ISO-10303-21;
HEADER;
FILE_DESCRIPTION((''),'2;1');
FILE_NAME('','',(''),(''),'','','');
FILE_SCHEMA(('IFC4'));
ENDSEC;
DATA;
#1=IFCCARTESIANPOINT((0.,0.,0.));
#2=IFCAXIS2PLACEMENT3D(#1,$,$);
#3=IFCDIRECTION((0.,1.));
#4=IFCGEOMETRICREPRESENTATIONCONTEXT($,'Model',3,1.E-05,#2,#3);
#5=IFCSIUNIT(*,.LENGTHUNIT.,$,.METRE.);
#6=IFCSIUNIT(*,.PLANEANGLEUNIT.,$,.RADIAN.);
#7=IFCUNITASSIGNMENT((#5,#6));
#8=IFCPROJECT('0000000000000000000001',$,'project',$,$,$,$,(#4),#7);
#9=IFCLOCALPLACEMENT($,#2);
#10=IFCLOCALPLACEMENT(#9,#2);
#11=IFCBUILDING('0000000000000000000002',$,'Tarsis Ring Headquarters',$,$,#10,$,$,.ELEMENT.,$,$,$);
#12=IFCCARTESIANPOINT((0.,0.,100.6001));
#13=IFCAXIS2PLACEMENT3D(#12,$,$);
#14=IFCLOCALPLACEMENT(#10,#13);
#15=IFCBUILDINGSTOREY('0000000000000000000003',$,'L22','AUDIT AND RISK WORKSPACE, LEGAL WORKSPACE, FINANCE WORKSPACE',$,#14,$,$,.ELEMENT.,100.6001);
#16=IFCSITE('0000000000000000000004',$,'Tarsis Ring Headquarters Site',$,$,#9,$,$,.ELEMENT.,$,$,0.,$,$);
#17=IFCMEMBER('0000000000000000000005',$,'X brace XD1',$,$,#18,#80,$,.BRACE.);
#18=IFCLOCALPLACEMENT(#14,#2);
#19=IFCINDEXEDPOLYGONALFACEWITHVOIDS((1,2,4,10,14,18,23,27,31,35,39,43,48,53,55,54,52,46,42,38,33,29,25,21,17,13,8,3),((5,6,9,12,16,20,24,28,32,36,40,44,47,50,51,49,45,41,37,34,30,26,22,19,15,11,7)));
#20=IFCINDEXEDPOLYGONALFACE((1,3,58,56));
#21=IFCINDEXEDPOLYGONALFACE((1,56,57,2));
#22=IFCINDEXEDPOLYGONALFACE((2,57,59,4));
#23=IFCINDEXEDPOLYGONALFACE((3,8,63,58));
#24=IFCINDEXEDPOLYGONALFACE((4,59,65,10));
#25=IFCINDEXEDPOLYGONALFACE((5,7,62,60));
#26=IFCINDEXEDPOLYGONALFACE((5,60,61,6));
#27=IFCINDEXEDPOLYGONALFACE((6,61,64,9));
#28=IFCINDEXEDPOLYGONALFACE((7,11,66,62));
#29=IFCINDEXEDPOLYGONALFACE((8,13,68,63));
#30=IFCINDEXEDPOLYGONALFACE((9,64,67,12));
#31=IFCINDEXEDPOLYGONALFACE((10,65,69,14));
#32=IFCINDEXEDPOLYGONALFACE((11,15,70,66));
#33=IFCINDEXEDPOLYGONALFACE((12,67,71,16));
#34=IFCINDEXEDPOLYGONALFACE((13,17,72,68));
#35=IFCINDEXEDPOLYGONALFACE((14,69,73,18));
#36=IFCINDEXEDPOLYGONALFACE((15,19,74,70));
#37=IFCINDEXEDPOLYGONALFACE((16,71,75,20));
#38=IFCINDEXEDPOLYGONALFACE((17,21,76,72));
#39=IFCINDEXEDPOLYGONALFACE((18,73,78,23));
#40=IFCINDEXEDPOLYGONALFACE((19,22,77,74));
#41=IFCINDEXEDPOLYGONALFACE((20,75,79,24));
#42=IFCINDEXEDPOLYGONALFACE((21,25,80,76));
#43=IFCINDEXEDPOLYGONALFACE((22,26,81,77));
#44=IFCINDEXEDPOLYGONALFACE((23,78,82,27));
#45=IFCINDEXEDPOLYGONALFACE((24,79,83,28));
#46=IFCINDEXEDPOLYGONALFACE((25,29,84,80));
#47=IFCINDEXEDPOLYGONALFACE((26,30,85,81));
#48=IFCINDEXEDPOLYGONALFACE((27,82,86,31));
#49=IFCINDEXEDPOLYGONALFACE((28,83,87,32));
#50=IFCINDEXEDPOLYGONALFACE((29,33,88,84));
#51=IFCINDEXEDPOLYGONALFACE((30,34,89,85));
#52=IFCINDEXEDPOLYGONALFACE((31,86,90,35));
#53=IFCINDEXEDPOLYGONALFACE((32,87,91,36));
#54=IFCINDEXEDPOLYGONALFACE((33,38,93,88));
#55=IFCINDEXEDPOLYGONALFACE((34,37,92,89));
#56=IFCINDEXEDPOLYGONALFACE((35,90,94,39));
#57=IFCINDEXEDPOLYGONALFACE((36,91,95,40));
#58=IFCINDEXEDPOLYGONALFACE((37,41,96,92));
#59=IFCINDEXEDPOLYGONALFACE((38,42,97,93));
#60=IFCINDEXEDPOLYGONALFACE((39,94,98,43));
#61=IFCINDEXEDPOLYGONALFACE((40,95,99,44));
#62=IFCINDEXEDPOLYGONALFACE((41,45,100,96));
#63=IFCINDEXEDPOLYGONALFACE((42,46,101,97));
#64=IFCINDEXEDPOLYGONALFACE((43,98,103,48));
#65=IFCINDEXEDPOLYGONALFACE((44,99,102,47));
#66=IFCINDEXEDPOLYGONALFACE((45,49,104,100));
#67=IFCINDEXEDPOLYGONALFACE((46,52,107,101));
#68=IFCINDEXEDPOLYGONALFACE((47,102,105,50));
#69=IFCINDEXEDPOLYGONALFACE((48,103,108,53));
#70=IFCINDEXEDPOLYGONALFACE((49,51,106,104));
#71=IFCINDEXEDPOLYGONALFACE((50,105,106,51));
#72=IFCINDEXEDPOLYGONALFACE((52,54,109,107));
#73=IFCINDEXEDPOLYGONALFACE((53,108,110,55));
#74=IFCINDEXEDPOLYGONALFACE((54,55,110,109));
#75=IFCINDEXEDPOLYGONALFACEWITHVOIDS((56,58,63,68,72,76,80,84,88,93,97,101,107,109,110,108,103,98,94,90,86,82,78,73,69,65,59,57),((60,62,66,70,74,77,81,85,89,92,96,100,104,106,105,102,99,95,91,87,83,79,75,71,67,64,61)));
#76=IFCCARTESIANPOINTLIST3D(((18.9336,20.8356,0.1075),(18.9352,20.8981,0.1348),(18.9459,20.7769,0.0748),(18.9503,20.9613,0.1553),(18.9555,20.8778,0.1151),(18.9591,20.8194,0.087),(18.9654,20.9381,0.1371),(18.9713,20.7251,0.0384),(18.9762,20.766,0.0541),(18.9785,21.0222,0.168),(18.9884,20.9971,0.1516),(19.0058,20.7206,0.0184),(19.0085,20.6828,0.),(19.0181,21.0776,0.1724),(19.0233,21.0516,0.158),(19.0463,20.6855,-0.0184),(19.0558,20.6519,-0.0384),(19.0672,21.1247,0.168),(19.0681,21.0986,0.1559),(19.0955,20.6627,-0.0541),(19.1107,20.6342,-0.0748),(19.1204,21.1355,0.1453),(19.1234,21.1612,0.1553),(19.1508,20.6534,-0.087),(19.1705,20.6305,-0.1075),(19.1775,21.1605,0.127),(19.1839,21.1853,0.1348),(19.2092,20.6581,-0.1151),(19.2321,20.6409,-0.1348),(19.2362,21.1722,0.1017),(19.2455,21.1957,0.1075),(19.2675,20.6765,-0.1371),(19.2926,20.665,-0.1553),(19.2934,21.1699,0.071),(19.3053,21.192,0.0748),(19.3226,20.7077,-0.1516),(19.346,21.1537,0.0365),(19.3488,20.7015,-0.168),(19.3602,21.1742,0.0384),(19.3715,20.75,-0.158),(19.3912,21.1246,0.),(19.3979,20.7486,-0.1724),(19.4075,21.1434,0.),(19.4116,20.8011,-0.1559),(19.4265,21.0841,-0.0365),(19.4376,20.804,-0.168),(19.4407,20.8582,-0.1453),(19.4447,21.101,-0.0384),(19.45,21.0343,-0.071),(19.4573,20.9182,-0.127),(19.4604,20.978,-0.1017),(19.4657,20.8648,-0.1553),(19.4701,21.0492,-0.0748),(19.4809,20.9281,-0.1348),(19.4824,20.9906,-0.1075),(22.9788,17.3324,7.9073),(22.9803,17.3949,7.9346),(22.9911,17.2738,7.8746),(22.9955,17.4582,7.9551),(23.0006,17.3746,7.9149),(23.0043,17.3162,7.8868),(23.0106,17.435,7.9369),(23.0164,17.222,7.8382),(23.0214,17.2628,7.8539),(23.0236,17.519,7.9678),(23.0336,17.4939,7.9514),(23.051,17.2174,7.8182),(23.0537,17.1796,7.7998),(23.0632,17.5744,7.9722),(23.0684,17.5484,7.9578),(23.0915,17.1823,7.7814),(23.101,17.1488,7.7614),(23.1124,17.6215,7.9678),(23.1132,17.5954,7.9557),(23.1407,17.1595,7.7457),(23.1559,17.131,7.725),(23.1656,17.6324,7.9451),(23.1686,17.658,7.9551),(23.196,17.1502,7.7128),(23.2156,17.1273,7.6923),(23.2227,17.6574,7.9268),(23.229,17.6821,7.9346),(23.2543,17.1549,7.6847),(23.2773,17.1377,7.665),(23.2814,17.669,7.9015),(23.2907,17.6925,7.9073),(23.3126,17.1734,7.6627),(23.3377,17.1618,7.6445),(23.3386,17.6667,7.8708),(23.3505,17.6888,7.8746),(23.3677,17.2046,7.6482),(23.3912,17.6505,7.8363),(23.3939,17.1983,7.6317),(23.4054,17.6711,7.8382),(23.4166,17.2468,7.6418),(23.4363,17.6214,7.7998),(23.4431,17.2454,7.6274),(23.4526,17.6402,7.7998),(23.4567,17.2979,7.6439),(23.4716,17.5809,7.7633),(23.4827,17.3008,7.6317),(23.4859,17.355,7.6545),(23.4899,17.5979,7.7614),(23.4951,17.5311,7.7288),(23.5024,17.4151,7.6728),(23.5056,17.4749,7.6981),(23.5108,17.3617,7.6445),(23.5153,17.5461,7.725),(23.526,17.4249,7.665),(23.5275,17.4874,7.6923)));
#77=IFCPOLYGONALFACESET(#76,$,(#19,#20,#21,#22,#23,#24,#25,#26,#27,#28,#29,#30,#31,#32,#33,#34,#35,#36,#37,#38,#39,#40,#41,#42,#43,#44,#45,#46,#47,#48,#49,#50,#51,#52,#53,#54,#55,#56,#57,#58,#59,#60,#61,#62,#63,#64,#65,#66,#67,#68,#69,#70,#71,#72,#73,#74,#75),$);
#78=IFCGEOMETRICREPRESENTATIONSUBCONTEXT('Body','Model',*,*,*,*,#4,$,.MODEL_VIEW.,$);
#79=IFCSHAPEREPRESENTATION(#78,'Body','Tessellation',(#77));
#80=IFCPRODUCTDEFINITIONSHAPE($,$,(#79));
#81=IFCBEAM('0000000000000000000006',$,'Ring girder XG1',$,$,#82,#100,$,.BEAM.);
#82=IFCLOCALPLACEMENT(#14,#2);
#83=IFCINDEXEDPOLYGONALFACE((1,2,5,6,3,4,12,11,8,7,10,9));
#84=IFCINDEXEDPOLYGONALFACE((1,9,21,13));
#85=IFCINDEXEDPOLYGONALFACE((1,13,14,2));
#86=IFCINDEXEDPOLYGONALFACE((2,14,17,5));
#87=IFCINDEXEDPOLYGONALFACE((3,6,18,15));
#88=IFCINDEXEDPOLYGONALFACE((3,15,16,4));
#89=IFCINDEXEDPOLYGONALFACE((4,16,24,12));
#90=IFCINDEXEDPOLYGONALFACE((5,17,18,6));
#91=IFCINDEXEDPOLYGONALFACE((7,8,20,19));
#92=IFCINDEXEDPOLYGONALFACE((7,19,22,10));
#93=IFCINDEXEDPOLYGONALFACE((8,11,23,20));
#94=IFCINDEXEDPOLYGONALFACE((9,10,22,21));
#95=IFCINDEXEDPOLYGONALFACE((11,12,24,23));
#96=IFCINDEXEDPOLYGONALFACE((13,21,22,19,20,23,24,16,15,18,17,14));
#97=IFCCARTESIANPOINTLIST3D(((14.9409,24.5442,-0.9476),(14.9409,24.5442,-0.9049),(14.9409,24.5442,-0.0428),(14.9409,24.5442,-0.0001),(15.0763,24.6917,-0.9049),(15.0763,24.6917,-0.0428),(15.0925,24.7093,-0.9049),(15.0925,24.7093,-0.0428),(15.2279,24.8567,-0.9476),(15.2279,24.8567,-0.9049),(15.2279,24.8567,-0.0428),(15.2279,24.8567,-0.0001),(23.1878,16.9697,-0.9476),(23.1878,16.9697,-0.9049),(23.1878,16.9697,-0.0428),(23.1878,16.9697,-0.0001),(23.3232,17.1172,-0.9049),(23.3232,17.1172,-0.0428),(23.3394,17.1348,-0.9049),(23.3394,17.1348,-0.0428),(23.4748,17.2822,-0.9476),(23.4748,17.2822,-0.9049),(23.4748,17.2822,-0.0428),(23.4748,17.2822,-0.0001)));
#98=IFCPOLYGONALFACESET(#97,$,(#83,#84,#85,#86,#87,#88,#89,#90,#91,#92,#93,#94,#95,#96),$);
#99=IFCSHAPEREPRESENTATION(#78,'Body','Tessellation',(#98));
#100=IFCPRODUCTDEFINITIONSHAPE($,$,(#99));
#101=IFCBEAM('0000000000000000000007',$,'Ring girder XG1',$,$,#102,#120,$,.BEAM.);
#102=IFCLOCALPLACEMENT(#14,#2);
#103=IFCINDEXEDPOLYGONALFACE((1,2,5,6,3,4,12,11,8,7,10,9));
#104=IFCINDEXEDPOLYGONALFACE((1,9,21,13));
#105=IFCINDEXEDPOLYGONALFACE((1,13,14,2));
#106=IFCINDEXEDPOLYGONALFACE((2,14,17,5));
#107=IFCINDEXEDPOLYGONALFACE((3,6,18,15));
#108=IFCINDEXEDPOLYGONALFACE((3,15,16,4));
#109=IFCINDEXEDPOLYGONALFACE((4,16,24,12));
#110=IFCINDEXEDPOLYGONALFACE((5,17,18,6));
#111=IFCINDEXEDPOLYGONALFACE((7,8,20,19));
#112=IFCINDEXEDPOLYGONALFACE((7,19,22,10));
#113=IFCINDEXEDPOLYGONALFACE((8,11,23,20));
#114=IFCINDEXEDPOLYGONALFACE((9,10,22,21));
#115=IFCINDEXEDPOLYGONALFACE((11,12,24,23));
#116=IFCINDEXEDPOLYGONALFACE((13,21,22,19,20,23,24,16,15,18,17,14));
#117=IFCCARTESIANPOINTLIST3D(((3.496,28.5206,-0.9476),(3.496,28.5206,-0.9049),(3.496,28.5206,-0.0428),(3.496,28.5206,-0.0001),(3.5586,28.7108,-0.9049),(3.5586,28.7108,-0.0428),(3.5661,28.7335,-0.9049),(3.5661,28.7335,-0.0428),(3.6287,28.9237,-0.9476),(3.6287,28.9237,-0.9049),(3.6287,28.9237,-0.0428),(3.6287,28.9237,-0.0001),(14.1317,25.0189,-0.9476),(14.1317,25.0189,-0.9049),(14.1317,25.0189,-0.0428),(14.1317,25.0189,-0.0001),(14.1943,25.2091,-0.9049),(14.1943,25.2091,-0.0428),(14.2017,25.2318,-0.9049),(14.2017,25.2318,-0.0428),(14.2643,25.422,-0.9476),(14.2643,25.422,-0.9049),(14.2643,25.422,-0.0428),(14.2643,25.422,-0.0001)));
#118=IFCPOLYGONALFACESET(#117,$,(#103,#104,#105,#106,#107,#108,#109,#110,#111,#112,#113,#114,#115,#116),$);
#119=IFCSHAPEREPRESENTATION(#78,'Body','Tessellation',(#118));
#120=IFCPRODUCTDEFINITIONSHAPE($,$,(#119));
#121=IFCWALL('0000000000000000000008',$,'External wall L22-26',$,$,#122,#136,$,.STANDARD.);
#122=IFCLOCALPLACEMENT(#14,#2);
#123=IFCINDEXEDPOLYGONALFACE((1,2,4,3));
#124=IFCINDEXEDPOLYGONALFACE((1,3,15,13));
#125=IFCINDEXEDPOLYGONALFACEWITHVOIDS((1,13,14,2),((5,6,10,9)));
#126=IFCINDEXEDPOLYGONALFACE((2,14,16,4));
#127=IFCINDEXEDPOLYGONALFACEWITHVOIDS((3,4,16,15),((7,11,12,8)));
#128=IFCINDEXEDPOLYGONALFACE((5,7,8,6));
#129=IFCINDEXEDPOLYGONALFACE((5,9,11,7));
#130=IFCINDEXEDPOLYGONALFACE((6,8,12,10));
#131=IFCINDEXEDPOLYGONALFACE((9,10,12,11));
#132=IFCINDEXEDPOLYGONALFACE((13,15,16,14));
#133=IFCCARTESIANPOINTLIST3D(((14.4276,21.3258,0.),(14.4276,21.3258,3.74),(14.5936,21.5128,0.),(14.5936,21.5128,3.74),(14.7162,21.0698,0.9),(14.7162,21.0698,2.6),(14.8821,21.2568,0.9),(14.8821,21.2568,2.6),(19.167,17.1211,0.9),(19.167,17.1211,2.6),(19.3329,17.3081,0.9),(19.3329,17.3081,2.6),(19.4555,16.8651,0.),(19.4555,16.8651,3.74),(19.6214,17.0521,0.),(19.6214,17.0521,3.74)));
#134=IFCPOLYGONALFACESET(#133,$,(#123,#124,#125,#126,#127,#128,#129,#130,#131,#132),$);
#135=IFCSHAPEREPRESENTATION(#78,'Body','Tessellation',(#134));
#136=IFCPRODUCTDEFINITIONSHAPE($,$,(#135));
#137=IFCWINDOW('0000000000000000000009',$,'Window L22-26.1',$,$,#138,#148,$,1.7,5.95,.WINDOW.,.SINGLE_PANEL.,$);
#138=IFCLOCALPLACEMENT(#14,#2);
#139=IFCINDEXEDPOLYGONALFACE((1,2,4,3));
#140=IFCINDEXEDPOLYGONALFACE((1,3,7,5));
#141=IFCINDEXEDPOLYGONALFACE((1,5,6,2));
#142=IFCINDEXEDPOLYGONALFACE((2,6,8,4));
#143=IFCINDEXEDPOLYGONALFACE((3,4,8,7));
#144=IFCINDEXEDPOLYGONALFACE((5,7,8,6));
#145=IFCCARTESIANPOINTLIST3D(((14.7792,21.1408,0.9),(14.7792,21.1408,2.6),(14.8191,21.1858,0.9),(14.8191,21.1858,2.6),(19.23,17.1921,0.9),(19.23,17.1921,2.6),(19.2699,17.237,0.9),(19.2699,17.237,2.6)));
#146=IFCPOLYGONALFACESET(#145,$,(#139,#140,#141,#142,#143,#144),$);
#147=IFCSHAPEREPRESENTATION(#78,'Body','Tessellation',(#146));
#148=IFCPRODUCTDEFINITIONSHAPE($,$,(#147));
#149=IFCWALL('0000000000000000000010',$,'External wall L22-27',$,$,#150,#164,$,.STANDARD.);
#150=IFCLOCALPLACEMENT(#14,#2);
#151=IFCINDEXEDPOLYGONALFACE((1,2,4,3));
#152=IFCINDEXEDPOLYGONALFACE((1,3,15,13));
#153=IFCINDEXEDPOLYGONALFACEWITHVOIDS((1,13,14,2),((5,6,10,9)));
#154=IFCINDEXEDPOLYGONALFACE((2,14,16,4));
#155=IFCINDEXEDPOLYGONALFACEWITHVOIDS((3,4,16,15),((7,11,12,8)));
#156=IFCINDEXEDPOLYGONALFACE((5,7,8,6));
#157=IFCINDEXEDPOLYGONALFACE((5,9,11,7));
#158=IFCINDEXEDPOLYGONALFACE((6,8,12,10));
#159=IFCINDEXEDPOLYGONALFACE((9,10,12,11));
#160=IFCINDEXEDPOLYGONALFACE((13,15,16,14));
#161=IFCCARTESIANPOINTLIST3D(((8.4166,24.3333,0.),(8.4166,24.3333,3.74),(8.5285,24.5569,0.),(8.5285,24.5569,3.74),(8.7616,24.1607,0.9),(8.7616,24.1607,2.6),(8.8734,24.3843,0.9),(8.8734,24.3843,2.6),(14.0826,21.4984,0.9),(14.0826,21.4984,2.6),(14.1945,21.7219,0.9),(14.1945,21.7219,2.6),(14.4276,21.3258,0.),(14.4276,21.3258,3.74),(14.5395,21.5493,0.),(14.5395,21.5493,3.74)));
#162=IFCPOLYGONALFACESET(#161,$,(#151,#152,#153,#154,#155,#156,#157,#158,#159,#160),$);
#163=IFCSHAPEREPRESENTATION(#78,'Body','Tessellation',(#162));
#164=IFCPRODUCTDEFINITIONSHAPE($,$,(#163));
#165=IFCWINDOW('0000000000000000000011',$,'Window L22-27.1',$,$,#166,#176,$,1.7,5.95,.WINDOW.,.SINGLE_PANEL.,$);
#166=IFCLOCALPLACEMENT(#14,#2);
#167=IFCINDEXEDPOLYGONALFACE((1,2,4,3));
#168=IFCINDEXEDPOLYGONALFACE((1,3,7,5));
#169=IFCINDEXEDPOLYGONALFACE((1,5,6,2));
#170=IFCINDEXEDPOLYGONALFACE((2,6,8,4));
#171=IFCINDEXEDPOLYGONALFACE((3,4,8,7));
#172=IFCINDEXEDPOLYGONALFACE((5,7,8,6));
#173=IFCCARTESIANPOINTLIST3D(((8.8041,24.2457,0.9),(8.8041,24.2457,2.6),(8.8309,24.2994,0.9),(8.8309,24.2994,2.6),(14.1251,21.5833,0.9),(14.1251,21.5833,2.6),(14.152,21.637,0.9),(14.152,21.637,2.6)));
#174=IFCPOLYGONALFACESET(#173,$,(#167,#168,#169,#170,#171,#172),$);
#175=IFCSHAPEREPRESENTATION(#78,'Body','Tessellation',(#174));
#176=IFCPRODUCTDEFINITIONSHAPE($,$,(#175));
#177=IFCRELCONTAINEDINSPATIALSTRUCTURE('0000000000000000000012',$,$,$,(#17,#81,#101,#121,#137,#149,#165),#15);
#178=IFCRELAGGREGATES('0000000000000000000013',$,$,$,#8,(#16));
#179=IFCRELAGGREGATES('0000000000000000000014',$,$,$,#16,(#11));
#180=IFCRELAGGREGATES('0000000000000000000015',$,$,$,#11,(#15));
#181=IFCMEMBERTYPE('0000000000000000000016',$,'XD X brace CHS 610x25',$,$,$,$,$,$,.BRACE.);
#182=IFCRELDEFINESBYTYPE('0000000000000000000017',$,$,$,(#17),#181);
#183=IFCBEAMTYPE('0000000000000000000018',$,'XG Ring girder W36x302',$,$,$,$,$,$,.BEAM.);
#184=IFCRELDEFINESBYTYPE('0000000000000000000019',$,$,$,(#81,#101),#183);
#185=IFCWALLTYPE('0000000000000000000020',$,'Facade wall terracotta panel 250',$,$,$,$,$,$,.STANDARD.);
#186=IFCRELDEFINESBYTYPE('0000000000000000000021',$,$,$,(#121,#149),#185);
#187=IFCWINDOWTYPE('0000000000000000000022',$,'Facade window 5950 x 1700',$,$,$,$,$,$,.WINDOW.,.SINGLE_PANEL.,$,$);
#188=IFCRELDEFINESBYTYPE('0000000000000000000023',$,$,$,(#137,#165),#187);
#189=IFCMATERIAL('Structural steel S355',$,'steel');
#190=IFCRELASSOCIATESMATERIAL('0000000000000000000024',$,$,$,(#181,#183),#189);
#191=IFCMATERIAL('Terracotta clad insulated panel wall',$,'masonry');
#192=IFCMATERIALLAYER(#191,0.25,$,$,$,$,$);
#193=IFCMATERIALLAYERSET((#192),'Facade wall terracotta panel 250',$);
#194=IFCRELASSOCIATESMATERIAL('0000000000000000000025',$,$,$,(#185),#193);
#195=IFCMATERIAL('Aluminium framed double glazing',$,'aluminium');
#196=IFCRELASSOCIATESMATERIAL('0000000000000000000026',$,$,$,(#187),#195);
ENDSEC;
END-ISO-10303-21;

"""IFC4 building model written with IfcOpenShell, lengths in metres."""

from ifc_helpers import new_model, si_unit, direction, frame, frame_2d, origin, origin_2d, place, context, subcontext, project, spatial, rectangle, hollow_circle, i_section, extrude, material, layer, layer_set, material_profile, profile_set, type_object, element, fill, save


model = new_model("IFC4")

# Units and contexts
model_context = context("Model", 3, precision=1e-05, world=origin(), true_north=direction((0.0, 1.0)))
body_context = subcontext(model_context, "Body", "Model", "MODEL_VIEW")
ifc_project = project(units=[si_unit("LENGTHUNIT", "METRE"), si_unit("PLANEANGLEUNIT", "RADIAN")], contexts=[model_context])

# Site, building, storey
site_placement = place(None, origin())
site = spatial("IfcSite", under=ifc_project, at=site_placement, Name="Tarsis Ring Headquarters Site", CompositionType="ELEMENT", RefElevation=0.0)
building_placement = place(site_placement, origin())
building = spatial("IfcBuilding", under=site, at=building_placement, Name="Tarsis Ring Headquarters", CompositionType="ELEMENT")
storey_placement = place(building_placement, frame((0.0, 0.0, 100.6001)))
storey = spatial("IfcBuildingStorey", under=building, at=storey_placement, Name="L22", Description="AUDIT AND RISK WORKSPACE, LEGAL WORKSPACE, FINANCE WORKSPACE", CompositionType="ELEMENT", Elevation=100.6001)

# Shared definitions
ifc_material_1 = material(Name="Structural steel S355", Category="steel")

# Member
ifc_material_profile_1 = material_profile(ifc_material_1, hollow_circle(Radius=0.3047, WallThickness=0.0249, at=origin_2d()), Name="CHS 610x25")
ifc_profile_set_1 = profile_set([ifc_material_profile_1], Name="Structural steel S355")
member_type = type_object("IfcMemberType", Name="XD X brace CHS 610x25", PredefinedType="BRACE", material=ifc_profile_set_1)
member_1_placement = place(storey_placement, frame((19.208, 20.9131, 0.0), z_axis=(0.427653, -0.370354, 0.824591), x_axis=(0.654649, 0.755933, 0.0)))
element("IfcMember", 1, at=member_1_placement, inside=storey, type_object=member_type, Name="X brace XD1", PredefinedType="BRACE", context=body_context, shape_type="SweptSolid", body=[
    extrude(hollow_circle(Radius=0.3047, WallThickness=0.0249, at=origin_2d()), origin(), (0.0, 0.0, 1.0), 9.459),
])

# Beams
ifc_material_profile_2 = material_profile(ifc_material_1, i_section(OverallWidth=0.4243, OverallDepth=0.9475, WebThickness=0.0239, FlangeThickness=0.0427, at=origin_2d()), Name="W36x302")
ifc_profile_set_2 = profile_set([ifc_material_profile_2], Name="Structural steel S355")
beam_type_1 = type_object("IfcBeamType", Name="XG Ring girder W36x302", PredefinedType="BEAM", material=ifc_profile_set_2)
beam_1_placement = place(storey_placement, frame((23.3313, 17.126, -0.4739), z_axis=(-0.736492, 0.676446, 0.0), x_axis=(-0.676446, -0.736492, 0.0)))
element("IfcBeam", 2, at=beam_1_placement, inside=storey, type_object=beam_type_1, Name="Ring girder XG1", PredefinedType="BEAM", context=body_context, shape_type="SweptSolid", body=[
    extrude(i_section(OverallWidth=0.4243, OverallDepth=0.9475, WebThickness=0.0239, FlangeThickness=0.0427, at=origin_2d()), origin(), (0.0, 0.0, 1.0), 11.1975),
])
beam_2_placement = place(storey_placement, frame((14.198, 25.2205, -0.4739), z_axis=(-0.949843, 0.312726, 0.0), x_axis=(-0.312726, -0.949843, 0.0)))
element("IfcBeam", 3, at=beam_2_placement, inside=storey, type_object=beam_type_1, Name="Ring girder XG1", PredefinedType="BEAM", context=body_context, shape_type="SweptSolid", body=[
    extrude(i_section(OverallWidth=0.4243, OverallDepth=0.9475, WebThickness=0.0239, FlangeThickness=0.0427, at=origin_2d()), origin(), (0.0, 0.0, 1.0), 11.1973),
])

# Walls, openings, windows
ifc_material_2 = material(Name="Terracotta clad insulated panel wall", Category="masonry")
ifc_layer = layer(ifc_material_2, 0.25)
ifc_layer_set = layer_set([ifc_layer], Name="Facade wall terracotta panel 250")
wall_type = type_object("IfcWallType", Name="Facade wall terracotta panel 250", PredefinedType="STANDARD", material=ifc_layer_set)
wall_1_placement = place(storey_placement, frame((19.5386, 16.9585, 0.0), z_axis=(0.0, 0.0, 1.0), x_axis=(-0.748036, 0.663658, 0.0)))
wall_1 = element("IfcWall", 4, at=wall_1_placement, inside=storey, type_object=wall_type, Name="External wall L22-26", PredefinedType="STANDARD", context=body_context, shape_type="SweptSolid", body=[
    extrude(rectangle(XDim=6.7214, YDim=0.25, at=frame_2d((3.3608, 0.0))), origin(), (0.0, 0.0, 1.0), 3.74),
])
opening_1_placement = place(wall_1_placement, frame((0.3857, 0.0, 0.8999)))
opening_1 = element("IfcOpeningElement", 5, at=opening_1_placement, cuts=wall_1, PredefinedType="OPENING", context=body_context, shape_type="SweptSolid", body=[
    extrude(rectangle(XDim=5.95, YDim=1.7, at=frame_2d((2.9751, 0.8501))), frame((0.0, 0.135, 0.0), z_axis=(0.0, -1.0, 0.0), x_axis=(1.0, 0.0, 0.0)), (0.0, 0.0, 1.0), 0.27),
])
ifc_material_3 = material(Name="Aluminium framed double glazing", Category="aluminium")
window_type = type_object("IfcWindowType", Name="Facade window 5950 x 1700", PartitioningType="SINGLE_PANEL", PredefinedType="WINDOW", material=ifc_material_3)
window_1_placement = place(opening_1_placement, origin())
window_1 = element("IfcWindow", 6, at=window_1_placement, inside=storey, type_object=window_type, Name="Window L22-26.1", OverallHeight=1.7, OverallWidth=5.95, PartitioningType="SINGLE_PANEL", PredefinedType="WINDOW", context=body_context, shape_type="SweptSolid", body=[
    extrude(rectangle(XDim=5.95, YDim=1.7, at=frame_2d((2.9751, 0.8501))), frame((0.0, 0.03, 0.0), z_axis=(0.0, -1.0, 0.0), x_axis=(1.0, 0.0, 0.0)), (0.0, 0.0, 1.0), 0.0601),
])
fill(opening_1, window_1)
wall_2_placement = place(storey_placement, frame((14.4836, 21.4375, 0.0), z_axis=(0.0, 0.0, 1.0), x_axis=(-0.894304, 0.447461, 0.0)))
wall_2 = element("IfcWall", 7, at=wall_2_placement, inside=storey, type_object=wall_type, Name="External wall L22-27", PredefinedType="STANDARD", context=body_context, shape_type="SweptSolid", body=[
    extrude(rectangle(XDim=6.7214, YDim=0.25, at=frame_2d((3.3608, 0.0))), origin(), (0.0, 0.0, 1.0), 3.74),
])
opening_2_placement = place(wall_2_placement, frame((0.3857, 0.0, 0.8999)))
opening_2 = element("IfcOpeningElement", 8, at=opening_2_placement, cuts=wall_2, PredefinedType="OPENING", context=body_context, shape_type="SweptSolid", body=[
    extrude(rectangle(XDim=5.95, YDim=1.7, at=frame_2d((2.9751, 0.8501))), frame((0.0, 0.135, 0.0), z_axis=(0.0, -1.0, 0.0), x_axis=(1.0, 0.0, 0.0)), (0.0, 0.0, 1.0), 0.27),
])
window_2_placement = place(opening_2_placement, origin())
window_2 = element("IfcWindow", 9, at=window_2_placement, inside=storey, type_object=window_type, Name="Window L22-27.1", OverallHeight=1.7, OverallWidth=5.95, PartitioningType="SINGLE_PANEL", PredefinedType="WINDOW", context=body_context, shape_type="SweptSolid", body=[
    extrude(rectangle(XDim=5.95, YDim=1.7, at=frame_2d((2.9751, 0.8501))), frame((0.0, 0.03, 0.0), z_axis=(0.0, -1.0, 0.0), x_axis=(1.0, 0.0, 0.0)), (0.0, 0.0, 1.0), 0.0601),
])
fill(opening_2, window_2)

save(model, "model.ifc")
